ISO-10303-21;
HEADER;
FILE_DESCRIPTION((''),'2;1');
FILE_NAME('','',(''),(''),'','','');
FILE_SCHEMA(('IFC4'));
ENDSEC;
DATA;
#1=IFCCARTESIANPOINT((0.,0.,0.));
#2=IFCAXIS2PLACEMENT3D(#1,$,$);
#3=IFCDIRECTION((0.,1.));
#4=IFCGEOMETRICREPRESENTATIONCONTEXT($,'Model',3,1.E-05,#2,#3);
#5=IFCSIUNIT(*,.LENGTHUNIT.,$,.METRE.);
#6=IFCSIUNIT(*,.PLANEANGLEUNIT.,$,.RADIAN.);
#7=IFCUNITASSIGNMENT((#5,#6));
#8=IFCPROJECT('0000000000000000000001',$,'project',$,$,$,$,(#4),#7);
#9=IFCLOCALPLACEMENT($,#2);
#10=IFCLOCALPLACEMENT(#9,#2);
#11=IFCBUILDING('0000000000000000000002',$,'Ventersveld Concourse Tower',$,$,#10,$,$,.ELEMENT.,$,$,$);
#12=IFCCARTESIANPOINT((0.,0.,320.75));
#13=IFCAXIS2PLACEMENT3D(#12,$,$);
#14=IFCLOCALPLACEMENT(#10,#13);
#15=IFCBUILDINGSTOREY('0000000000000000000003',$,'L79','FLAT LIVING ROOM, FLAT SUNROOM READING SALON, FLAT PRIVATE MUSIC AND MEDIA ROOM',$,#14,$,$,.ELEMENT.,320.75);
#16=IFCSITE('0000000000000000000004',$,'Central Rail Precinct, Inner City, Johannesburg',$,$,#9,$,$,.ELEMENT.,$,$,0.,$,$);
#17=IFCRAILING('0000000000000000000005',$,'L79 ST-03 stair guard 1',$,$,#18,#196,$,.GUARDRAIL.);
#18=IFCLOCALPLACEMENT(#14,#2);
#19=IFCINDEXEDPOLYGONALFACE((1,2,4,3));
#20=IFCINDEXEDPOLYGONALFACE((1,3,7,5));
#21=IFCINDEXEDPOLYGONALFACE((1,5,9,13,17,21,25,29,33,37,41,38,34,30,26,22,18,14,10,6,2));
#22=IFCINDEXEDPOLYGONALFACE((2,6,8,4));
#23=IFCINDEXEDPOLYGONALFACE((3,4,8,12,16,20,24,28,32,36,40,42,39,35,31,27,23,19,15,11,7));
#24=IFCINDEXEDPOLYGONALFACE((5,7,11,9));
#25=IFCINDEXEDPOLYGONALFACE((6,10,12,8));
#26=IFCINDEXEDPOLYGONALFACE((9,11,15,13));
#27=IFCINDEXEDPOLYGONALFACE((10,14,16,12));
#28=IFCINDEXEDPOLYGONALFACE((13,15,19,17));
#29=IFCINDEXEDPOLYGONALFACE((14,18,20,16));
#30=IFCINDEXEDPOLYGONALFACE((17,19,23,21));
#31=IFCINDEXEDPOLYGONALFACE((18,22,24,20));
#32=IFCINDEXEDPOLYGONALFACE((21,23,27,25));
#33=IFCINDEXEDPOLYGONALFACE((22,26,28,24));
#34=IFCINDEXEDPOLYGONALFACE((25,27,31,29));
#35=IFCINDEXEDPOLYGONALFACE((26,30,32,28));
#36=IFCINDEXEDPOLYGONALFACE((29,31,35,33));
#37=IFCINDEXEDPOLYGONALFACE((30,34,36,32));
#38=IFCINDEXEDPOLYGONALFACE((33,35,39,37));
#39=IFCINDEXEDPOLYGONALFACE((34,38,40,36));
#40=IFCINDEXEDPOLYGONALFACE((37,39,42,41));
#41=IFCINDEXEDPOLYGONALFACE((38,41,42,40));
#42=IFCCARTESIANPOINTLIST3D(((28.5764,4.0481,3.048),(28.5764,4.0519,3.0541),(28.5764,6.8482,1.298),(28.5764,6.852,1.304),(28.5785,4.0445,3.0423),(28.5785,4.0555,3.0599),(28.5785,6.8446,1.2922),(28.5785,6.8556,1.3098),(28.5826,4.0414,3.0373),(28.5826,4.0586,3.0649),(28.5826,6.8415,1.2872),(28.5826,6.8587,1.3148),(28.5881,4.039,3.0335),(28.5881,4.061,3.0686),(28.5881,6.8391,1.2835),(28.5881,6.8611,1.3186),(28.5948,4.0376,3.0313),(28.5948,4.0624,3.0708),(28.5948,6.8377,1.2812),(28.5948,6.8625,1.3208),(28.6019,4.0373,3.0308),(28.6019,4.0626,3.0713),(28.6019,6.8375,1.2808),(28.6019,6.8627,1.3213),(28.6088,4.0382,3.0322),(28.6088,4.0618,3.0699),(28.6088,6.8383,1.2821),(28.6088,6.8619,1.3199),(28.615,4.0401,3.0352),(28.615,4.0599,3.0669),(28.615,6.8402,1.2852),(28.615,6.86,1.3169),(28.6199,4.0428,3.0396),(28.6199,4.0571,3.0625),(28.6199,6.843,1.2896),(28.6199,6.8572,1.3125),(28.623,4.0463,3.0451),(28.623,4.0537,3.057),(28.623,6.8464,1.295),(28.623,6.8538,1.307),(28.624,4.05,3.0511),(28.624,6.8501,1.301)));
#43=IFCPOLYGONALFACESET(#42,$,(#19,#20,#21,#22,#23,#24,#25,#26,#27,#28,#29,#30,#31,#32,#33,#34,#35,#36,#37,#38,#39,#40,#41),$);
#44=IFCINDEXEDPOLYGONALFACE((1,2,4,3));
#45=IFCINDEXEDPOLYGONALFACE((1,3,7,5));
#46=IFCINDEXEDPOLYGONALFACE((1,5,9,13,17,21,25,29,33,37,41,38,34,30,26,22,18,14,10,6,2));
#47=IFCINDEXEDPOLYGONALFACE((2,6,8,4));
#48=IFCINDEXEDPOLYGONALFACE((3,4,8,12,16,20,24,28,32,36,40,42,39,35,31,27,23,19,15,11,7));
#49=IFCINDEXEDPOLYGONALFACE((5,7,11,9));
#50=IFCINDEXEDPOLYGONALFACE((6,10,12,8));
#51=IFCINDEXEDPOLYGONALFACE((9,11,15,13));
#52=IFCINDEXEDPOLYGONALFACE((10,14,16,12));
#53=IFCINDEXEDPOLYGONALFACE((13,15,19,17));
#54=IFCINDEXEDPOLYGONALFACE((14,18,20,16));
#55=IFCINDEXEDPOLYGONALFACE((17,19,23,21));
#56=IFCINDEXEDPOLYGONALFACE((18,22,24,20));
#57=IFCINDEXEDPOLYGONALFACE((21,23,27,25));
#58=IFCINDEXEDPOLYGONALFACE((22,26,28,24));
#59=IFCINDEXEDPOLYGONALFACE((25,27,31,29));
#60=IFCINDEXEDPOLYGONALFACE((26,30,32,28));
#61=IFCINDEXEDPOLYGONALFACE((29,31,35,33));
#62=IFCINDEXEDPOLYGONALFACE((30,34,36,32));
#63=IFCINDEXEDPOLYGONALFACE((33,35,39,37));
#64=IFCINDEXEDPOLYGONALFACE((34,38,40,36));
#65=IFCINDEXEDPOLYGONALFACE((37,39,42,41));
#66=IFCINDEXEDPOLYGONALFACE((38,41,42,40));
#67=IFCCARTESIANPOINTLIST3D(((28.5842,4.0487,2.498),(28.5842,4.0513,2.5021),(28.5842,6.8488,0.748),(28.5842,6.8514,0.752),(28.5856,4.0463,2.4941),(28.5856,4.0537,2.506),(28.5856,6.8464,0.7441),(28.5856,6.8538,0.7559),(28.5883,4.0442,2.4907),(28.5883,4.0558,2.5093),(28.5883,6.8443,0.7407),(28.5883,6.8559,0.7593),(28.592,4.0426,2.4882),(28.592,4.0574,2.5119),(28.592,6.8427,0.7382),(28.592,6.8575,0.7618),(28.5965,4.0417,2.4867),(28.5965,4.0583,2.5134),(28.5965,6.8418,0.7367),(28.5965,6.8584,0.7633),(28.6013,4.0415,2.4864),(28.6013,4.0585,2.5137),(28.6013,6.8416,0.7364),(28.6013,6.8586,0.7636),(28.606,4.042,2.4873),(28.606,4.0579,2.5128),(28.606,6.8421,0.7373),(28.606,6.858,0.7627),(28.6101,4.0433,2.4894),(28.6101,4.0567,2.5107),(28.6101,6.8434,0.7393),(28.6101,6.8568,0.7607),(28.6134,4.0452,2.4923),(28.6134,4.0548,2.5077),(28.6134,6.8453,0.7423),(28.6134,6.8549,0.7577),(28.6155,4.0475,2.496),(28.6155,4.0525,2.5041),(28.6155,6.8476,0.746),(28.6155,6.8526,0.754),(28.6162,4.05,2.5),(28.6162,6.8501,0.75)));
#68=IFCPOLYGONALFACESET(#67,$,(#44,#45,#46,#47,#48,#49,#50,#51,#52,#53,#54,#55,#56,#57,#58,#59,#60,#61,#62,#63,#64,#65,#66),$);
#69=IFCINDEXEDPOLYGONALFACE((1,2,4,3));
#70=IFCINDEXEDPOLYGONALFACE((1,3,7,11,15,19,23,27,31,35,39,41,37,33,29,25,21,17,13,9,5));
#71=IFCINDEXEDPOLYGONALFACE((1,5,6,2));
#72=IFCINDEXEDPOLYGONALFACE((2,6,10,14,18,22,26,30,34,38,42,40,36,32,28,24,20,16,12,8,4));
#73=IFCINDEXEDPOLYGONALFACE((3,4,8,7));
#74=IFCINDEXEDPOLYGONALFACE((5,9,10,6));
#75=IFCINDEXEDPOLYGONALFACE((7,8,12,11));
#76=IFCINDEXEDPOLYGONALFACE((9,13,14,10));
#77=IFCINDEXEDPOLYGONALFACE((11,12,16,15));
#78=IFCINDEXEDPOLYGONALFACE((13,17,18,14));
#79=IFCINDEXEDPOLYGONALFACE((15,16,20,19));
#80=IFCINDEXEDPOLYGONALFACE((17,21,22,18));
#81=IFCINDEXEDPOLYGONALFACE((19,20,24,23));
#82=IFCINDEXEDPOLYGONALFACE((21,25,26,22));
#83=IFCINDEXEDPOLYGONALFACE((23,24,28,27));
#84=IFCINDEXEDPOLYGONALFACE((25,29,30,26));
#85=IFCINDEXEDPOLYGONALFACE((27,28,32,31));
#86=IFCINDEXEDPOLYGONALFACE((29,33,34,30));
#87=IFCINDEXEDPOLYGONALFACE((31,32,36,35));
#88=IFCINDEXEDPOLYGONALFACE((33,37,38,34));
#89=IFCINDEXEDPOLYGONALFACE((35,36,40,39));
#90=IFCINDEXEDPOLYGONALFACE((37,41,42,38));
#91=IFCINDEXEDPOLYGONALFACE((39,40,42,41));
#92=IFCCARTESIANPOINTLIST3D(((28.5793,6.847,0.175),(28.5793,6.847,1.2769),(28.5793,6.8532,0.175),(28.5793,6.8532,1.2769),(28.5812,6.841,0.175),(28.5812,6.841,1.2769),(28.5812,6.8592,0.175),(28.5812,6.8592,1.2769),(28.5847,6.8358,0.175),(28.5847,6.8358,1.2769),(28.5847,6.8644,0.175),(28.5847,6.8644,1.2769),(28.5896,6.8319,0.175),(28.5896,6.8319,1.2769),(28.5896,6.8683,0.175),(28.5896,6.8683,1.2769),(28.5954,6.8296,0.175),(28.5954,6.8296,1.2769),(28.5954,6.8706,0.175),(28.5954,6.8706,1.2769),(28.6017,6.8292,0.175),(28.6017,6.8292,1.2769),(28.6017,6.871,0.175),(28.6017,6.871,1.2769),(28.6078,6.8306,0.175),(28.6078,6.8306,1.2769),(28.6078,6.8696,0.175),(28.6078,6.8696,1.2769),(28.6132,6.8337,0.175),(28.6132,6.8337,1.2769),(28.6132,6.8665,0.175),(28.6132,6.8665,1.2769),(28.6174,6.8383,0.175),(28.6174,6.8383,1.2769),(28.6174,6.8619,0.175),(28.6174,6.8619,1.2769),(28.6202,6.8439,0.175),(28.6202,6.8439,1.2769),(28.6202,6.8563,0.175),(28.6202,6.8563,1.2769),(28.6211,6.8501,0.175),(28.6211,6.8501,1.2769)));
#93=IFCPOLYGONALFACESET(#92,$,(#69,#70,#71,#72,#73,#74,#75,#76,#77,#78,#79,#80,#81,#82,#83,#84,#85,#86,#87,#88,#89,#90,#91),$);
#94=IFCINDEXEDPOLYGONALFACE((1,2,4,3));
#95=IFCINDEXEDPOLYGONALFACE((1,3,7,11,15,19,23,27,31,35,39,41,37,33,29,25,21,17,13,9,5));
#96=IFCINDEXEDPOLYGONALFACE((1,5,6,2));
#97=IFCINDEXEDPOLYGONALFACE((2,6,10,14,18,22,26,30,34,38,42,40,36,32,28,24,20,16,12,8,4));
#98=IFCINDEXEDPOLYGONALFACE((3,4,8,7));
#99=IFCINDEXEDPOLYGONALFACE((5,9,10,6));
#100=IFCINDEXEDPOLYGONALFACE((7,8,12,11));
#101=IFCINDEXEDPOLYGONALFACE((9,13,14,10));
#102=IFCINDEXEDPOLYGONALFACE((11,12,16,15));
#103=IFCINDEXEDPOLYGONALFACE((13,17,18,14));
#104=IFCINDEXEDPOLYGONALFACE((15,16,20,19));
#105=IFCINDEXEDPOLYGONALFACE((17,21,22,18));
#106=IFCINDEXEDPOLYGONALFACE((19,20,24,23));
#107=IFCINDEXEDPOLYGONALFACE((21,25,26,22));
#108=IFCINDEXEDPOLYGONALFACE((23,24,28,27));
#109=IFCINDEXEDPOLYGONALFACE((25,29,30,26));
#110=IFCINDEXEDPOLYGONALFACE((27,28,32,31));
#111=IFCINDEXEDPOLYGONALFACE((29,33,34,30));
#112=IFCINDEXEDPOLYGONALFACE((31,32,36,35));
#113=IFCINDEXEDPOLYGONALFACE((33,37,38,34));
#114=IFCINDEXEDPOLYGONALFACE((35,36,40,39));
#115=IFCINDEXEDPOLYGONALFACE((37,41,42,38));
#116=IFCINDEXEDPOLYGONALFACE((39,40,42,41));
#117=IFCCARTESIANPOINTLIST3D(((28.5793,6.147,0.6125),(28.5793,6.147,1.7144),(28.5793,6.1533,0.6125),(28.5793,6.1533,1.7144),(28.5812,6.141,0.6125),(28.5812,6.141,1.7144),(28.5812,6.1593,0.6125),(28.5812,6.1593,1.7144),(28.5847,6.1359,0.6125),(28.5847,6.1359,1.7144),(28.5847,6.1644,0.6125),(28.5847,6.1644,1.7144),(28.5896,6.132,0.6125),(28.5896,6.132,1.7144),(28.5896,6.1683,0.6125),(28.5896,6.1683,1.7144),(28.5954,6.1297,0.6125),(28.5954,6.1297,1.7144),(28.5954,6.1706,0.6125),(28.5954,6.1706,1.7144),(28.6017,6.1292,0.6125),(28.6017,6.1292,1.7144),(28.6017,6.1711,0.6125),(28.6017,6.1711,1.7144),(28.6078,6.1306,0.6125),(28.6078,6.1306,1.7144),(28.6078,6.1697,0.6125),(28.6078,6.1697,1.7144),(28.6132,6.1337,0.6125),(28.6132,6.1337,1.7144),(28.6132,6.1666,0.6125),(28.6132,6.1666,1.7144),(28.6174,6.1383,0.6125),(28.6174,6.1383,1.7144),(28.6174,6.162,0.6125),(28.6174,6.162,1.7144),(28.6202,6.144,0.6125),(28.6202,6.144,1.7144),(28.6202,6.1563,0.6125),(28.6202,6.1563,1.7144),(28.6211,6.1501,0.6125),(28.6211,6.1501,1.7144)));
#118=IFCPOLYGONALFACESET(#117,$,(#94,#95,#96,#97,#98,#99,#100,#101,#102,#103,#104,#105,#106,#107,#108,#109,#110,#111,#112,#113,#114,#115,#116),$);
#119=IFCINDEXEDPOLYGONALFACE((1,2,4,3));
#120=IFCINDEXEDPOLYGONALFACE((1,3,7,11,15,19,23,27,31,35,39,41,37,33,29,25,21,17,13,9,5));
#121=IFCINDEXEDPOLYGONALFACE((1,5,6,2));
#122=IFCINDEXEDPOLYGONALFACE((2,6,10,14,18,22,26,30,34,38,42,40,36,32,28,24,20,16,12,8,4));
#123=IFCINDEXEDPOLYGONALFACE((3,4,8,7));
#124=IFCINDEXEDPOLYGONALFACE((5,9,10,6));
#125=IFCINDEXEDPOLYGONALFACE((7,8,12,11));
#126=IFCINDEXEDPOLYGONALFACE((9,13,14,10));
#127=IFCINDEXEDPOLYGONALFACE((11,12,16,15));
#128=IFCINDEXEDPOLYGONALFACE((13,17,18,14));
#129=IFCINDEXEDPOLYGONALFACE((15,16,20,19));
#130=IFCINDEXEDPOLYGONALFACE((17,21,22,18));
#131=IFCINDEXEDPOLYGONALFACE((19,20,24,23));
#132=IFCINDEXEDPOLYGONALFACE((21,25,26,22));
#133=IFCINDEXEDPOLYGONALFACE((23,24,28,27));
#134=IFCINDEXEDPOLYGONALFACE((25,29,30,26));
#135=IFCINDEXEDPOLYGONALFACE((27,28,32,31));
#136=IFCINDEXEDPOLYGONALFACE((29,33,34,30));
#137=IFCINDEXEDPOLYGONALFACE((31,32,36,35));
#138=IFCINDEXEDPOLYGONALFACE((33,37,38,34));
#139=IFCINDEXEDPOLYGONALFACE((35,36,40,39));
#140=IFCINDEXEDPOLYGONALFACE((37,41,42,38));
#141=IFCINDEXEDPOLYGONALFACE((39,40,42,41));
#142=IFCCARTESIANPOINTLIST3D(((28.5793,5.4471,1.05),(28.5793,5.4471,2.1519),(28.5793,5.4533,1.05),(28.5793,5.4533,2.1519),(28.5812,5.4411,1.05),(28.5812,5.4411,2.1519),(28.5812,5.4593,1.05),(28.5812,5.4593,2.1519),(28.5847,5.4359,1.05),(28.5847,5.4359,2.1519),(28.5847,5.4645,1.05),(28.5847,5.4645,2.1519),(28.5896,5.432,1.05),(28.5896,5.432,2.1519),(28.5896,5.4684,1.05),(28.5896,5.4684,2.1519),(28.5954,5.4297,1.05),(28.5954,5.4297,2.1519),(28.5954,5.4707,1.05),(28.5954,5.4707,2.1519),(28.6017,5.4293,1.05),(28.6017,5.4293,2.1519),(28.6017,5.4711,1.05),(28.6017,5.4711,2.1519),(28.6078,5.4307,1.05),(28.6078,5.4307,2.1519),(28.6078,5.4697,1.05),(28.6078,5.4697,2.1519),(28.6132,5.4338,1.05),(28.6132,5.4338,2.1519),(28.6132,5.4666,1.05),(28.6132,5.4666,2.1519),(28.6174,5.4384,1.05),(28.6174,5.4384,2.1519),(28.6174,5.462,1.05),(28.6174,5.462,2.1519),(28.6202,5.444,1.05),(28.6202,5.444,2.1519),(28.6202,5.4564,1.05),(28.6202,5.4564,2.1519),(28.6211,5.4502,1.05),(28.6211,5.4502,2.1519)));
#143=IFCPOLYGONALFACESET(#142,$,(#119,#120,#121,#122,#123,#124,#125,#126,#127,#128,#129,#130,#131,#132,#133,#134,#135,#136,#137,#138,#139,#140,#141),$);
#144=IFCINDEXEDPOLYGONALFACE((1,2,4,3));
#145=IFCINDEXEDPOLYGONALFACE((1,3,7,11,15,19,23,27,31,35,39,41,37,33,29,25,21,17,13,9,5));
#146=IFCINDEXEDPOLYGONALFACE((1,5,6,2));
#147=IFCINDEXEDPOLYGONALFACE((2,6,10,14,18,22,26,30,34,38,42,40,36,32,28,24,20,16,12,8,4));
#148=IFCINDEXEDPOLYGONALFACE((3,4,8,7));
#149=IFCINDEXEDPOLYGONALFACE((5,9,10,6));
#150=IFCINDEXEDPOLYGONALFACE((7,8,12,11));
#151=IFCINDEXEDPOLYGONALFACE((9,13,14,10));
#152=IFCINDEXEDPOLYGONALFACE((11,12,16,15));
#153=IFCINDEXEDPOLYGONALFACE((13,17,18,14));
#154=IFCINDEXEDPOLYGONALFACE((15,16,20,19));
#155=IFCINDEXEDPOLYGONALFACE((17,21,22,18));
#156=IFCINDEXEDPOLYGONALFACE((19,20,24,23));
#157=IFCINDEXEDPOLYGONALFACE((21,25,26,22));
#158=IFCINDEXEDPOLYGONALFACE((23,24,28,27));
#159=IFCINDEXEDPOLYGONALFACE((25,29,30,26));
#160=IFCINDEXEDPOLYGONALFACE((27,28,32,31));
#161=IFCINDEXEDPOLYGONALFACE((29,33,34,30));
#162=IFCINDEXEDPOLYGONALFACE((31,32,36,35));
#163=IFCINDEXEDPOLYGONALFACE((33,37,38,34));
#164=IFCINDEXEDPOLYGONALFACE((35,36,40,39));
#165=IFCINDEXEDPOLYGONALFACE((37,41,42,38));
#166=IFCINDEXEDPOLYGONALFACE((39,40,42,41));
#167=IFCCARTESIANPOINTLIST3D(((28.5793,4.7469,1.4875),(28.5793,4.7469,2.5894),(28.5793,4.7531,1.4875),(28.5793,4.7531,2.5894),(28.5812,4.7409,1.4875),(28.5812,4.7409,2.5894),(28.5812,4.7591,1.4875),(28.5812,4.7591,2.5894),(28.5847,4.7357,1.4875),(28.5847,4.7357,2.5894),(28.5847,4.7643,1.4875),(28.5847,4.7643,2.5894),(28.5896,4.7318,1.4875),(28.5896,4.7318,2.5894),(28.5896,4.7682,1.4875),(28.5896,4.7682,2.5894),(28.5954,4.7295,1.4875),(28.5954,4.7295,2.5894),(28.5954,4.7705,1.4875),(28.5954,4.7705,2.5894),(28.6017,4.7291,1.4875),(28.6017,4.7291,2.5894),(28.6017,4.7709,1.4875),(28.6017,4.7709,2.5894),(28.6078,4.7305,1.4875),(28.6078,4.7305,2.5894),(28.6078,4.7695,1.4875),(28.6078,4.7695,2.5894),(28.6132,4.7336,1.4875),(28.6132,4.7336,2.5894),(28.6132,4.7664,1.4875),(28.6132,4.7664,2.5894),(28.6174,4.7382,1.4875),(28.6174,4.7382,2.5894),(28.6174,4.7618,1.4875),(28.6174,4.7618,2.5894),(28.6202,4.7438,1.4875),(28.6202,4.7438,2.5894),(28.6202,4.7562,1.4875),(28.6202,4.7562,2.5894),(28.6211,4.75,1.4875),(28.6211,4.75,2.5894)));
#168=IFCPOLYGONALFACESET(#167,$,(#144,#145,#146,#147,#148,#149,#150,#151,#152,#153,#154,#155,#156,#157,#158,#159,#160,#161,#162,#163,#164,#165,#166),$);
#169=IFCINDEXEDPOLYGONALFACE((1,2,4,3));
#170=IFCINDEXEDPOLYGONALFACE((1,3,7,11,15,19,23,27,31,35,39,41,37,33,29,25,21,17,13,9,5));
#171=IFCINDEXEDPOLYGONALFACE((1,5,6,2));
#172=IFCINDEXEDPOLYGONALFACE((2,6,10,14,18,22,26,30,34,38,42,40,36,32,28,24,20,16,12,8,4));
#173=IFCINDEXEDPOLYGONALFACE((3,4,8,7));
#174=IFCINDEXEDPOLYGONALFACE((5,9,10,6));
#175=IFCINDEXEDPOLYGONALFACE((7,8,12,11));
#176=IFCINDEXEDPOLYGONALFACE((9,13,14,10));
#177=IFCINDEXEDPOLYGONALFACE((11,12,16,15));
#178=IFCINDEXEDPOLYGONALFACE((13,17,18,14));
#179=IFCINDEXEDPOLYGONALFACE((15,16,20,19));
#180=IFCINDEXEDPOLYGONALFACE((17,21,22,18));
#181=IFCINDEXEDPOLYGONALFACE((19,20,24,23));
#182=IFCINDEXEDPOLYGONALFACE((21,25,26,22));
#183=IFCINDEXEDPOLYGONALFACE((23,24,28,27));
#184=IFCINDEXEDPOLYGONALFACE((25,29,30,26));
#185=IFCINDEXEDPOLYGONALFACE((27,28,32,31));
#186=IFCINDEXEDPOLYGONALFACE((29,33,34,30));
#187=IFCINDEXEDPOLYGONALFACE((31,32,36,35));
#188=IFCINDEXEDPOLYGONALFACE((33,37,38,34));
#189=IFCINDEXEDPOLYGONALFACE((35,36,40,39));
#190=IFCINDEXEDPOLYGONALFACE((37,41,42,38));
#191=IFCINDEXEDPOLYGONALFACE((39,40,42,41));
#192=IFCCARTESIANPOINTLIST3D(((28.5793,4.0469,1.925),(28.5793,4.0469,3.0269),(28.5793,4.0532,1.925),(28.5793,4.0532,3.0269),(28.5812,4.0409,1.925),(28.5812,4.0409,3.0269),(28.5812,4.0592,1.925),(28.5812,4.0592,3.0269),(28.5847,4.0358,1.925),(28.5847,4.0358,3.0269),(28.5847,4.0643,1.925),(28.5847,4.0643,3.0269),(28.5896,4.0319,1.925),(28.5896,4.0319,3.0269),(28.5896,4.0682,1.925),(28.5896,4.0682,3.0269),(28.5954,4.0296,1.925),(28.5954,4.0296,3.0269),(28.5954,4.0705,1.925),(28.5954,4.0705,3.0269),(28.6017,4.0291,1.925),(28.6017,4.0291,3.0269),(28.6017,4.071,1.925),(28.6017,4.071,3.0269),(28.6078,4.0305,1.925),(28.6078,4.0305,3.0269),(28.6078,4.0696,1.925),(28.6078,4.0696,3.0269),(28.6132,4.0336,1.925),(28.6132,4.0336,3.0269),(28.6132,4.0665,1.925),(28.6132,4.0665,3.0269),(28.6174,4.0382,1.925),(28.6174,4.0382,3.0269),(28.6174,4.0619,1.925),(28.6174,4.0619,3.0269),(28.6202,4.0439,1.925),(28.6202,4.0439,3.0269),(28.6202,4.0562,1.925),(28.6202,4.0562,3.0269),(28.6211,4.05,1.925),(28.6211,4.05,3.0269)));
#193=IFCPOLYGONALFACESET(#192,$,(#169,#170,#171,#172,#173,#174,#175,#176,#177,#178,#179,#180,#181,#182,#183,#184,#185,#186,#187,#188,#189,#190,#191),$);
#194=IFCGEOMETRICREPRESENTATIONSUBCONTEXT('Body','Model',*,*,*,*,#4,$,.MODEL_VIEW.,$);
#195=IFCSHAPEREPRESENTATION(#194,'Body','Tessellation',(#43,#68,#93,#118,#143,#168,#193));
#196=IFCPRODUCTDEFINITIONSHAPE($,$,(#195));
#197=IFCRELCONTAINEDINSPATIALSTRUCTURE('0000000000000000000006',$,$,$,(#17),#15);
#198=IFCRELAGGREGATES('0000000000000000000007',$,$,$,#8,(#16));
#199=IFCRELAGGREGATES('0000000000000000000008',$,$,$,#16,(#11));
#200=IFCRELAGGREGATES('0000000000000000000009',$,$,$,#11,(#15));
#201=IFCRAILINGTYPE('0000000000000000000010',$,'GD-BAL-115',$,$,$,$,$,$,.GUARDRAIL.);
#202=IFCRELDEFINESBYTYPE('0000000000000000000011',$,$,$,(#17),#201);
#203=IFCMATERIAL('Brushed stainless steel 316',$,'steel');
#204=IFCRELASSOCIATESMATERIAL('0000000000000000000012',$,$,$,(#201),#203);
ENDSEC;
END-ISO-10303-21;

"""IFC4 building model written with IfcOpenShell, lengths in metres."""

from ifc_helpers import new_model, si_unit, direction, frame, origin, origin_2d, place, context, subcontext, project, spatial, circle, extrude, material, type_object, element, save


model = new_model("IFC4")

# Units and contexts
model_context = context("Model", 3, precision=1e-05, world=origin(), true_north=direction((0.0, 1.0)))
body_context = subcontext(model_context, "Body", "Model", "MODEL_VIEW")
ifc_project = project(units=[si_unit("LENGTHUNIT", "METRE"), si_unit("PLANEANGLEUNIT", "RADIAN")], contexts=[model_context])

# Site, building, storey
site_placement = place(None, origin())
site = spatial("IfcSite", under=ifc_project, at=site_placement, Name="Central Rail Precinct, Inner City, Johannesburg", CompositionType="ELEMENT", RefElevation=0.0)
building_placement = place(site_placement, origin())
building = spatial("IfcBuilding", under=site, at=building_placement, Name="Ventersveld Concourse Tower", CompositionType="ELEMENT")
storey_placement = place(building_placement, frame((0.0, 0.0, 320.75)))
storey = spatial("IfcBuildingStorey", under=building, at=storey_placement, Name="L79", Description="FLAT LIVING ROOM, FLAT SUNROOM READING SALON, FLAT PRIVATE MUSIC AND MEDIA ROOM", CompositionType="ELEMENT", Elevation=320.75)

# Shared definitions
ifc_material_1 = material(Name="Brushed stainless steel 316", Category="steel")

# Railing
railing_type_1 = type_object("IfcRailingType", Name="GD-BAL-115", PredefinedType="GUARDRAIL", material=ifc_material_1)
railing_1_placement = place(storey_placement, frame((28.6001, 6.8501, 0.175)))
element("IfcRailing", 1, at=railing_1_placement, inside=storey, type_object=railing_type_1, Name="L79 ST-03 stair guard 1", PredefinedType="GUARDRAIL", context=body_context, shape_type="SweptSolid", body=[
    extrude(circle(Radius=0.0239, at=origin_2d()), frame((0.0, 0.0, 1.126), z_axis=(0.0, -0.848002, 0.529992), x_axis=(1.0, 0.0, 0.0)), (0.0, 0.0, 1.0), 3.302),
    extrude(circle(Radius=0.0161, at=origin_2d()), frame((0.0, 0.0, 0.575), z_axis=(0.0, -0.848002, 0.529992), x_axis=(1.0, 0.0, 0.0)), (0.0, 0.0, 1.0), 3.302),
    extrude(circle(Radius=0.021, at=origin_2d()), origin(), (0.0, 0.0, 1.0), 1.1018),
    extrude(circle(Radius=0.021, at=origin_2d()), frame((0.0, -0.7, 0.4375)), (0.0, 0.0, 1.0), 1.1018),
    extrude(circle(Radius=0.021, at=origin_2d()), frame((0.0, -1.3999, 0.875)), (0.0, 0.0, 1.0), 1.1018),
    extrude(circle(Radius=0.021, at=origin_2d()), frame((0.0, -2.1001, 1.3125)), (0.0, 0.0, 1.0), 1.1018),
    extrude(circle(Radius=0.021, at=origin_2d()), frame((0.0, -2.8, 1.75)), (0.0, 0.0, 1.0), 1.1018),
])

save(model, "model.ifc")
